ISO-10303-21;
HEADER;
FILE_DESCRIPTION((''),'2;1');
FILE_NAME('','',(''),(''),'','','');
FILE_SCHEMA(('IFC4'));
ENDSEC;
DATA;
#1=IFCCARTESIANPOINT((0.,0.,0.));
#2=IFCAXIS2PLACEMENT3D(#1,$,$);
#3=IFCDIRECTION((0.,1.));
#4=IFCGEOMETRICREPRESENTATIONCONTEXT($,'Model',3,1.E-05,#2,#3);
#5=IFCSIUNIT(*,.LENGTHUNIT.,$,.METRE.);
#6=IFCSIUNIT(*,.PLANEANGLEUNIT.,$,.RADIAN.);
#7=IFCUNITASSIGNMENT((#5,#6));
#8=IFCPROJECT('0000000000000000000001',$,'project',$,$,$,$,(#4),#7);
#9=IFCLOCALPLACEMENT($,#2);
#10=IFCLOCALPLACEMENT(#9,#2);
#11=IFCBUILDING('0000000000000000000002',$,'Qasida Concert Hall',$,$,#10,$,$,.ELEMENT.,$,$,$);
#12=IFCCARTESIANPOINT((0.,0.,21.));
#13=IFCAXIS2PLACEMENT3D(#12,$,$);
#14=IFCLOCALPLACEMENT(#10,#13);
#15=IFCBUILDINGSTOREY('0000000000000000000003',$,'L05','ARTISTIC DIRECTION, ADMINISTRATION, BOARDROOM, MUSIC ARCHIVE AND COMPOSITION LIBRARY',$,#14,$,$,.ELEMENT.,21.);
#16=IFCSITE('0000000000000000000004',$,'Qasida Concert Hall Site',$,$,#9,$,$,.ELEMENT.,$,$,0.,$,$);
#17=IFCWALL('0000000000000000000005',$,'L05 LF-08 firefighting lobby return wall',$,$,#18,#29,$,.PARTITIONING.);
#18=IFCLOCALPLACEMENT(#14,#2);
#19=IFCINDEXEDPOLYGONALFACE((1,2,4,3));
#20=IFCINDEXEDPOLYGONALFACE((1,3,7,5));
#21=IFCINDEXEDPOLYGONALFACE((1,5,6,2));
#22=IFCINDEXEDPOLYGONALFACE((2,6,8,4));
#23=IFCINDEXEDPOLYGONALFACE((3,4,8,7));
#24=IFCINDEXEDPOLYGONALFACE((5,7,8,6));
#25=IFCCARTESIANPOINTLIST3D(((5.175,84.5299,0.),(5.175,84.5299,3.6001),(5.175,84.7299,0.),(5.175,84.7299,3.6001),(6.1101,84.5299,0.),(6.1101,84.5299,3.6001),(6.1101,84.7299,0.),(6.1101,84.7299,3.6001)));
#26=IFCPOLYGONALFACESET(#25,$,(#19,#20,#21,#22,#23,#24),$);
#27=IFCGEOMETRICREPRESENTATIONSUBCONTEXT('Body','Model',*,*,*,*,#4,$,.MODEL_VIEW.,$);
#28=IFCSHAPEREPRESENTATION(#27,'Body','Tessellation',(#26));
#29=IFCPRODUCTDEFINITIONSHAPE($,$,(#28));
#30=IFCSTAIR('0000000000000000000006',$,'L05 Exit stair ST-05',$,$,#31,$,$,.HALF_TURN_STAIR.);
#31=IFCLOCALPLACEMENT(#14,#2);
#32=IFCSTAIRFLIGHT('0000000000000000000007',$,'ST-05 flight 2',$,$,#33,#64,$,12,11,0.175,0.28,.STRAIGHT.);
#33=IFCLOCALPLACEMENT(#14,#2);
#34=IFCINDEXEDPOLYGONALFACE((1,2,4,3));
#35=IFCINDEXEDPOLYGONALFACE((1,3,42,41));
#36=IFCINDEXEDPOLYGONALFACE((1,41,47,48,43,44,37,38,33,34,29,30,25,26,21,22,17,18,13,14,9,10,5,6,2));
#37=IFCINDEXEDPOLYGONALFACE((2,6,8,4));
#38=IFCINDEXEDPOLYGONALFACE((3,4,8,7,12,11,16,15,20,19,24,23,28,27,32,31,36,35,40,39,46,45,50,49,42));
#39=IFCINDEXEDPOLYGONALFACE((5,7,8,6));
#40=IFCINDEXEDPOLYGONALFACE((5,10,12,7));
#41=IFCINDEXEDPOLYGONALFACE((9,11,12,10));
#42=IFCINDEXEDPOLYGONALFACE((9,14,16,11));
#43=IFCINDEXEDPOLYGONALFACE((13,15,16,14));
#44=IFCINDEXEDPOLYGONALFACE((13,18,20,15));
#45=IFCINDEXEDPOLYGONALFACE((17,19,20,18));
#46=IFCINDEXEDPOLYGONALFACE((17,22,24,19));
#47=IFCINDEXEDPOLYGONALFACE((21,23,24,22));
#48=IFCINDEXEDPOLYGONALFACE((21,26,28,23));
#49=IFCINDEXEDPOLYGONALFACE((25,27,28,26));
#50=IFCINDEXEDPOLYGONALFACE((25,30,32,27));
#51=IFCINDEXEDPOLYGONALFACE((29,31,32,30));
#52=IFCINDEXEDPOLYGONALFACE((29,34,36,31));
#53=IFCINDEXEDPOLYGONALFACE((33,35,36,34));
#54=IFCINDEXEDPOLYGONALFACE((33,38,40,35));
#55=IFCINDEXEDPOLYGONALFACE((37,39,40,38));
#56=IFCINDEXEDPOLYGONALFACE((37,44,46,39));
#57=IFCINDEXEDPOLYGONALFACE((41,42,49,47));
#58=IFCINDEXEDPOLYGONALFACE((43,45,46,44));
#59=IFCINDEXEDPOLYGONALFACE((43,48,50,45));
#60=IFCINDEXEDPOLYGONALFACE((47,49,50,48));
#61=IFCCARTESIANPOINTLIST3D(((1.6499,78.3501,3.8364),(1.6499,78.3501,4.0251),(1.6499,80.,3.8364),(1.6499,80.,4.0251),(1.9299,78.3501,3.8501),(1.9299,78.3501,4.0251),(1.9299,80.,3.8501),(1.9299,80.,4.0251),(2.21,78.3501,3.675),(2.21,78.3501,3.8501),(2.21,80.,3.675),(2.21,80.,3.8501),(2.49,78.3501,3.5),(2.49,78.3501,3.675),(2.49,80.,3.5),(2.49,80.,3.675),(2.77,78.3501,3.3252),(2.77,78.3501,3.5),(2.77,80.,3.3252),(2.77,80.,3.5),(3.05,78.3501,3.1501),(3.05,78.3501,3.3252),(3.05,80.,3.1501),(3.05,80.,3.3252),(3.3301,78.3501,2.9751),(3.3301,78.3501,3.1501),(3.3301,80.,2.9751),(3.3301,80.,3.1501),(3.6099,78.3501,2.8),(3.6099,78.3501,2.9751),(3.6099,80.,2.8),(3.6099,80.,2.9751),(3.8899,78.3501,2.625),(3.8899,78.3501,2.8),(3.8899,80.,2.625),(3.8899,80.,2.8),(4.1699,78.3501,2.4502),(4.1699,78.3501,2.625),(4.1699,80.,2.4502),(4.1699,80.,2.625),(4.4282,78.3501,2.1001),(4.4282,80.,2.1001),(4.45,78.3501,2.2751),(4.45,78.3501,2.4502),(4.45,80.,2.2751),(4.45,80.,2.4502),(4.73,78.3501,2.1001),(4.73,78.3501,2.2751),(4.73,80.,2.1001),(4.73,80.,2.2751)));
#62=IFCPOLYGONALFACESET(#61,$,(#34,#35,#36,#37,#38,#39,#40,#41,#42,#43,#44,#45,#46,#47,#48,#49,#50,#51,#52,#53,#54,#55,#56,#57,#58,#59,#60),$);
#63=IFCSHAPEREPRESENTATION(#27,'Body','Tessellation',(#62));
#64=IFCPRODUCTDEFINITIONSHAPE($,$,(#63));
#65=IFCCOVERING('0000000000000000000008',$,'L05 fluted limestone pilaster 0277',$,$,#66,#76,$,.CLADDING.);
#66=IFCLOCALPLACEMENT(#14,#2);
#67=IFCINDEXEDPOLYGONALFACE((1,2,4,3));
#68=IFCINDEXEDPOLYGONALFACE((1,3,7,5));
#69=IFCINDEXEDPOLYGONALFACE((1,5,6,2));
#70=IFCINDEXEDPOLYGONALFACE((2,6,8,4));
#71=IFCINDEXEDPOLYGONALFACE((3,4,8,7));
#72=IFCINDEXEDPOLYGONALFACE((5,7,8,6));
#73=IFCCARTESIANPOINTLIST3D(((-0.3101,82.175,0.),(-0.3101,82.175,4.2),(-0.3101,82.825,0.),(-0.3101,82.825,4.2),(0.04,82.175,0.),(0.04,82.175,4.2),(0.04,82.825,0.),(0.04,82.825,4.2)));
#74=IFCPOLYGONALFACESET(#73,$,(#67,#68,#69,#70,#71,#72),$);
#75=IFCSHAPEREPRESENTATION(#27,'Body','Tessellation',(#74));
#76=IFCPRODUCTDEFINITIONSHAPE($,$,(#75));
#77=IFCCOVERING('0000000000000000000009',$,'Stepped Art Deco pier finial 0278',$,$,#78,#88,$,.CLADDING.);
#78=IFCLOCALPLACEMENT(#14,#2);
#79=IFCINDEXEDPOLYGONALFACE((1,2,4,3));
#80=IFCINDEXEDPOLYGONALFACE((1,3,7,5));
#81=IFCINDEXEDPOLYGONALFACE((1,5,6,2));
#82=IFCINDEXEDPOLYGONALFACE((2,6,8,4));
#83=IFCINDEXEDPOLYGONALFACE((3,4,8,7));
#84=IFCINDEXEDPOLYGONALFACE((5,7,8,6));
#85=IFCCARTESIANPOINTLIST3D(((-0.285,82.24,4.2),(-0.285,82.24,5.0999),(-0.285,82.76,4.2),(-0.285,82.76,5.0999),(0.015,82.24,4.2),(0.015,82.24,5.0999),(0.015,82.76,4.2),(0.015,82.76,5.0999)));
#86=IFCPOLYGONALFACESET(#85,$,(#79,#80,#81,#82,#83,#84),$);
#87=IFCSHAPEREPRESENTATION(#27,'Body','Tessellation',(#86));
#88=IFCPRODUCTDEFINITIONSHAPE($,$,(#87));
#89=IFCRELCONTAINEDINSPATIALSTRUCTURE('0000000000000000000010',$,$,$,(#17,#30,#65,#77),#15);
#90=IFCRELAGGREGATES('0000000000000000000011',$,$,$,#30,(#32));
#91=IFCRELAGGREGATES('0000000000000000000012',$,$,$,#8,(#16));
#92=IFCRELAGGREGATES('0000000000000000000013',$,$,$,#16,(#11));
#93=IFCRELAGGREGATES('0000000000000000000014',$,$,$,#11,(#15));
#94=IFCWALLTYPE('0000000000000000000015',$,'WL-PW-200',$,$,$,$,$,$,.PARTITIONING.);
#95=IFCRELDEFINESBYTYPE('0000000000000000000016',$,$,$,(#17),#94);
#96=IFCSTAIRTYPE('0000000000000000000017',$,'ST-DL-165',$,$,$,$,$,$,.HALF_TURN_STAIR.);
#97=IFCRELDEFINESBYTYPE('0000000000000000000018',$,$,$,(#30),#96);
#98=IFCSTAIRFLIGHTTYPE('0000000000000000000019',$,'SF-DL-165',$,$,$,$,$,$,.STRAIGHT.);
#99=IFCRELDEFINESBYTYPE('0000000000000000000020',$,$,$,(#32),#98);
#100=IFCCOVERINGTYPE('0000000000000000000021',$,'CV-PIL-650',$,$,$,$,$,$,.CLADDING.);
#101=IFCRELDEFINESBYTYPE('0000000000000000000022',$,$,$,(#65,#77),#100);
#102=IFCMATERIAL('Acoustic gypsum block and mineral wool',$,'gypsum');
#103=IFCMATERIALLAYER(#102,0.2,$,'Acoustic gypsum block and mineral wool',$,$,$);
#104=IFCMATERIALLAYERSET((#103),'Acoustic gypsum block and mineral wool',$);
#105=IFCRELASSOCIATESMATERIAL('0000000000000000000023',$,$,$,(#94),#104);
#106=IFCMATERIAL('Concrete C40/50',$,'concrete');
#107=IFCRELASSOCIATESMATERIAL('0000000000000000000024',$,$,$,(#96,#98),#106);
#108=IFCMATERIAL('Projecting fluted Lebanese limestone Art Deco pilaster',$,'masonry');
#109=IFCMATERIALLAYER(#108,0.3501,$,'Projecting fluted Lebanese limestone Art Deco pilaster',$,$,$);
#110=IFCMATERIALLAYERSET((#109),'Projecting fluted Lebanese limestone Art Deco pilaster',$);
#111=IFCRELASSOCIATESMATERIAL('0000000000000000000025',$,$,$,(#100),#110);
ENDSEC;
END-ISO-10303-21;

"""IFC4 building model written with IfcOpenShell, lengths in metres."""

from ifc_helpers import new_model, si_unit, direction, frame, frame_2d, origin, origin_2d, place, context, subcontext, project, spatial, polyline, rectangle, outline, extrude, material, layer, layer_set, type_object, element, aggregate, save


model = new_model("IFC4")

# Units and contexts
model_context = context("Model", 3, precision=1e-05, world=origin(), true_north=direction((0.0, 1.0)))
body_context = subcontext(model_context, "Body", "Model", "MODEL_VIEW")
ifc_project = project(units=[si_unit("LENGTHUNIT", "METRE"), si_unit("PLANEANGLEUNIT", "RADIAN")], contexts=[model_context])

# Site, building, storey
site_placement = place(None, origin())
site = spatial("IfcSite", under=ifc_project, at=site_placement, Name="Qasida Concert Hall Site", CompositionType="ELEMENT", RefElevation=0.0)
building_placement = place(site_placement, origin())
building = spatial("IfcBuilding", under=site, at=building_placement, Name="Qasida Concert Hall", CompositionType="ELEMENT")
storey_placement = place(building_placement, frame((0.0, 0.0, 21.0)))
storey = spatial("IfcBuildingStorey", under=building, at=storey_placement, Name="L05", Description="ARTISTIC DIRECTION, ADMINISTRATION, BOARDROOM, MUSIC ARCHIVE AND COMPOSITION LIBRARY", CompositionType="ELEMENT", Elevation=21.0)

# Shared definitions
ifc_material_1 = material(Name="Concrete C40/50", Category="concrete")

# Wall
ifc_material_2 = material(Name="Acoustic gypsum block and mineral wool", Category="gypsum")
ifc_layer_1 = layer(ifc_material_2, 0.2, Name="Acoustic gypsum block and mineral wool")
ifc_layer_set_1 = layer_set([ifc_layer_1], Name="Acoustic gypsum block and mineral wool")
wall_type_1 = type_object("IfcWallType", Name="WL-PW-200", PredefinedType="PARTITIONING", material=ifc_layer_set_1)
wall_1_placement = place(storey_placement, frame((5.175, 84.6299, 0.0), z_axis=(0.0, 0.0, 1.0), x_axis=(1.0, 0.0, 0.0)))
element("IfcWall", 1, at=wall_1_placement, inside=storey, type_object=wall_type_1, Name="L05 LF-08 firefighting lobby return wall", PredefinedType="PARTITIONING", context=body_context, shape_type="SweptSolid", body=[
    extrude(rectangle(XDim=0.9351, YDim=0.2, at=frame_2d((0.4675, 0.0))), origin(), (0.0, 0.0, 1.0), 3.6001),
])

# Stair, stair flight
stair_type = type_object("IfcStairType", Name="ST-DL-165", PredefinedType="HALF_TURN_STAIR", material=ifc_material_1)
stair_placement = place(storey_placement, origin())
stair = element("IfcStair", 2, at=stair_placement, inside=storey, type_object=stair_type, Name="L05 Exit stair ST-05", PredefinedType="HALF_TURN_STAIR")
stair_flight_type = type_object("IfcStairFlightType", Name="SF-DL-165", PredefinedType="STRAIGHT", material=ifc_material_1)
stair_flight_placement = place(storey_placement, frame((4.73, 79.175, 2.1001), z_axis=(0.0, 0.0, 1.0), x_axis=(-1.0, 0.0, 0.0)))
stair_flight = element("IfcStairFlight", 3, at=stair_flight_placement, type_object=stair_flight_type, Name="ST-05 flight 2", NumberOfRisers=12, NumberOfTreads=11, PredefinedType="STRAIGHT", RiserHeight=0.175, TreadLength=0.28, context=body_context, shape_type="SweptSolid", body=[
    extrude(outline(polyline([(0.0, 0.0), (0.0, 0.175), (0.28, 0.175), (0.28, 0.3501), (0.5601, 0.3501), (0.5601, 0.5249), (0.8401, 0.5249), (0.8401, 0.7), (1.1201, 0.7), (1.1201, 0.875), (1.3999, 0.875), (1.3999, 1.05), (1.6799, 1.05), (1.6799, 1.2251), (1.96, 1.2251), (1.96, 1.3999), (2.24, 1.3999), (2.24, 1.575), (2.52, 1.575), (2.52, 1.75), (2.8, 1.75), (2.8, 1.925), (3.0801, 1.925), (3.0801, 2.1001), (3.0801, 1.7363), (0.3018, 0.0), (0.0, 0.0)])), frame((0.0, 0.825, 0.0), z_axis=(0.0, -1.0, 0.0), x_axis=(1.0, 0.0, 0.0)), (0.0, 0.0, 1.0), 1.6499),
])
aggregate(stair, [stair_flight])

# Coverings
ifc_material_3 = material(Name="Projecting fluted Lebanese limestone Art Deco pilaster", Category="masonry")
ifc_layer_2 = layer(ifc_material_3, 0.3501, Name="Projecting fluted Lebanese limestone Art Deco pilaster")
ifc_layer_set_2 = layer_set([ifc_layer_2], Name="Projecting fluted Lebanese limestone Art Deco pilaster")
covering_type = type_object("IfcCoveringType", Name="CV-PIL-650", PredefinedType="CLADDING", material=ifc_layer_set_2)
covering_1_placement = place(storey_placement, frame((-0.135, 82.5, 0.0), z_axis=(0.0, 0.0, 1.0), x_axis=(1.0, 0.0, 0.0)))
element("IfcCovering", 4, at=covering_1_placement, inside=storey, type_object=covering_type, Name="L05 fluted limestone pilaster 0277", PredefinedType="CLADDING", context=body_context, shape_type="SweptSolid", body=[
    extrude(rectangle(XDim=0.3501, YDim=0.6499, at=origin_2d()), origin(), (0.0, 0.0, 1.0), 4.2),
])
covering_2_placement = place(storey_placement, frame((-0.135, 82.5, 4.2), z_axis=(0.0, 0.0, 1.0), x_axis=(1.0, 0.0, 0.0)))
element("IfcCovering", 5, at=covering_2_placement, inside=storey, type_object=covering_type, Name="Stepped Art Deco pier finial 0278", PredefinedType="CLADDING", context=body_context, shape_type="SweptSolid", body=[
    extrude(rectangle(XDim=0.3, YDim=0.52, at=origin_2d()), origin(), (0.0, 0.0, 1.0), 0.8999),
])

save(model, "model.ifc")
